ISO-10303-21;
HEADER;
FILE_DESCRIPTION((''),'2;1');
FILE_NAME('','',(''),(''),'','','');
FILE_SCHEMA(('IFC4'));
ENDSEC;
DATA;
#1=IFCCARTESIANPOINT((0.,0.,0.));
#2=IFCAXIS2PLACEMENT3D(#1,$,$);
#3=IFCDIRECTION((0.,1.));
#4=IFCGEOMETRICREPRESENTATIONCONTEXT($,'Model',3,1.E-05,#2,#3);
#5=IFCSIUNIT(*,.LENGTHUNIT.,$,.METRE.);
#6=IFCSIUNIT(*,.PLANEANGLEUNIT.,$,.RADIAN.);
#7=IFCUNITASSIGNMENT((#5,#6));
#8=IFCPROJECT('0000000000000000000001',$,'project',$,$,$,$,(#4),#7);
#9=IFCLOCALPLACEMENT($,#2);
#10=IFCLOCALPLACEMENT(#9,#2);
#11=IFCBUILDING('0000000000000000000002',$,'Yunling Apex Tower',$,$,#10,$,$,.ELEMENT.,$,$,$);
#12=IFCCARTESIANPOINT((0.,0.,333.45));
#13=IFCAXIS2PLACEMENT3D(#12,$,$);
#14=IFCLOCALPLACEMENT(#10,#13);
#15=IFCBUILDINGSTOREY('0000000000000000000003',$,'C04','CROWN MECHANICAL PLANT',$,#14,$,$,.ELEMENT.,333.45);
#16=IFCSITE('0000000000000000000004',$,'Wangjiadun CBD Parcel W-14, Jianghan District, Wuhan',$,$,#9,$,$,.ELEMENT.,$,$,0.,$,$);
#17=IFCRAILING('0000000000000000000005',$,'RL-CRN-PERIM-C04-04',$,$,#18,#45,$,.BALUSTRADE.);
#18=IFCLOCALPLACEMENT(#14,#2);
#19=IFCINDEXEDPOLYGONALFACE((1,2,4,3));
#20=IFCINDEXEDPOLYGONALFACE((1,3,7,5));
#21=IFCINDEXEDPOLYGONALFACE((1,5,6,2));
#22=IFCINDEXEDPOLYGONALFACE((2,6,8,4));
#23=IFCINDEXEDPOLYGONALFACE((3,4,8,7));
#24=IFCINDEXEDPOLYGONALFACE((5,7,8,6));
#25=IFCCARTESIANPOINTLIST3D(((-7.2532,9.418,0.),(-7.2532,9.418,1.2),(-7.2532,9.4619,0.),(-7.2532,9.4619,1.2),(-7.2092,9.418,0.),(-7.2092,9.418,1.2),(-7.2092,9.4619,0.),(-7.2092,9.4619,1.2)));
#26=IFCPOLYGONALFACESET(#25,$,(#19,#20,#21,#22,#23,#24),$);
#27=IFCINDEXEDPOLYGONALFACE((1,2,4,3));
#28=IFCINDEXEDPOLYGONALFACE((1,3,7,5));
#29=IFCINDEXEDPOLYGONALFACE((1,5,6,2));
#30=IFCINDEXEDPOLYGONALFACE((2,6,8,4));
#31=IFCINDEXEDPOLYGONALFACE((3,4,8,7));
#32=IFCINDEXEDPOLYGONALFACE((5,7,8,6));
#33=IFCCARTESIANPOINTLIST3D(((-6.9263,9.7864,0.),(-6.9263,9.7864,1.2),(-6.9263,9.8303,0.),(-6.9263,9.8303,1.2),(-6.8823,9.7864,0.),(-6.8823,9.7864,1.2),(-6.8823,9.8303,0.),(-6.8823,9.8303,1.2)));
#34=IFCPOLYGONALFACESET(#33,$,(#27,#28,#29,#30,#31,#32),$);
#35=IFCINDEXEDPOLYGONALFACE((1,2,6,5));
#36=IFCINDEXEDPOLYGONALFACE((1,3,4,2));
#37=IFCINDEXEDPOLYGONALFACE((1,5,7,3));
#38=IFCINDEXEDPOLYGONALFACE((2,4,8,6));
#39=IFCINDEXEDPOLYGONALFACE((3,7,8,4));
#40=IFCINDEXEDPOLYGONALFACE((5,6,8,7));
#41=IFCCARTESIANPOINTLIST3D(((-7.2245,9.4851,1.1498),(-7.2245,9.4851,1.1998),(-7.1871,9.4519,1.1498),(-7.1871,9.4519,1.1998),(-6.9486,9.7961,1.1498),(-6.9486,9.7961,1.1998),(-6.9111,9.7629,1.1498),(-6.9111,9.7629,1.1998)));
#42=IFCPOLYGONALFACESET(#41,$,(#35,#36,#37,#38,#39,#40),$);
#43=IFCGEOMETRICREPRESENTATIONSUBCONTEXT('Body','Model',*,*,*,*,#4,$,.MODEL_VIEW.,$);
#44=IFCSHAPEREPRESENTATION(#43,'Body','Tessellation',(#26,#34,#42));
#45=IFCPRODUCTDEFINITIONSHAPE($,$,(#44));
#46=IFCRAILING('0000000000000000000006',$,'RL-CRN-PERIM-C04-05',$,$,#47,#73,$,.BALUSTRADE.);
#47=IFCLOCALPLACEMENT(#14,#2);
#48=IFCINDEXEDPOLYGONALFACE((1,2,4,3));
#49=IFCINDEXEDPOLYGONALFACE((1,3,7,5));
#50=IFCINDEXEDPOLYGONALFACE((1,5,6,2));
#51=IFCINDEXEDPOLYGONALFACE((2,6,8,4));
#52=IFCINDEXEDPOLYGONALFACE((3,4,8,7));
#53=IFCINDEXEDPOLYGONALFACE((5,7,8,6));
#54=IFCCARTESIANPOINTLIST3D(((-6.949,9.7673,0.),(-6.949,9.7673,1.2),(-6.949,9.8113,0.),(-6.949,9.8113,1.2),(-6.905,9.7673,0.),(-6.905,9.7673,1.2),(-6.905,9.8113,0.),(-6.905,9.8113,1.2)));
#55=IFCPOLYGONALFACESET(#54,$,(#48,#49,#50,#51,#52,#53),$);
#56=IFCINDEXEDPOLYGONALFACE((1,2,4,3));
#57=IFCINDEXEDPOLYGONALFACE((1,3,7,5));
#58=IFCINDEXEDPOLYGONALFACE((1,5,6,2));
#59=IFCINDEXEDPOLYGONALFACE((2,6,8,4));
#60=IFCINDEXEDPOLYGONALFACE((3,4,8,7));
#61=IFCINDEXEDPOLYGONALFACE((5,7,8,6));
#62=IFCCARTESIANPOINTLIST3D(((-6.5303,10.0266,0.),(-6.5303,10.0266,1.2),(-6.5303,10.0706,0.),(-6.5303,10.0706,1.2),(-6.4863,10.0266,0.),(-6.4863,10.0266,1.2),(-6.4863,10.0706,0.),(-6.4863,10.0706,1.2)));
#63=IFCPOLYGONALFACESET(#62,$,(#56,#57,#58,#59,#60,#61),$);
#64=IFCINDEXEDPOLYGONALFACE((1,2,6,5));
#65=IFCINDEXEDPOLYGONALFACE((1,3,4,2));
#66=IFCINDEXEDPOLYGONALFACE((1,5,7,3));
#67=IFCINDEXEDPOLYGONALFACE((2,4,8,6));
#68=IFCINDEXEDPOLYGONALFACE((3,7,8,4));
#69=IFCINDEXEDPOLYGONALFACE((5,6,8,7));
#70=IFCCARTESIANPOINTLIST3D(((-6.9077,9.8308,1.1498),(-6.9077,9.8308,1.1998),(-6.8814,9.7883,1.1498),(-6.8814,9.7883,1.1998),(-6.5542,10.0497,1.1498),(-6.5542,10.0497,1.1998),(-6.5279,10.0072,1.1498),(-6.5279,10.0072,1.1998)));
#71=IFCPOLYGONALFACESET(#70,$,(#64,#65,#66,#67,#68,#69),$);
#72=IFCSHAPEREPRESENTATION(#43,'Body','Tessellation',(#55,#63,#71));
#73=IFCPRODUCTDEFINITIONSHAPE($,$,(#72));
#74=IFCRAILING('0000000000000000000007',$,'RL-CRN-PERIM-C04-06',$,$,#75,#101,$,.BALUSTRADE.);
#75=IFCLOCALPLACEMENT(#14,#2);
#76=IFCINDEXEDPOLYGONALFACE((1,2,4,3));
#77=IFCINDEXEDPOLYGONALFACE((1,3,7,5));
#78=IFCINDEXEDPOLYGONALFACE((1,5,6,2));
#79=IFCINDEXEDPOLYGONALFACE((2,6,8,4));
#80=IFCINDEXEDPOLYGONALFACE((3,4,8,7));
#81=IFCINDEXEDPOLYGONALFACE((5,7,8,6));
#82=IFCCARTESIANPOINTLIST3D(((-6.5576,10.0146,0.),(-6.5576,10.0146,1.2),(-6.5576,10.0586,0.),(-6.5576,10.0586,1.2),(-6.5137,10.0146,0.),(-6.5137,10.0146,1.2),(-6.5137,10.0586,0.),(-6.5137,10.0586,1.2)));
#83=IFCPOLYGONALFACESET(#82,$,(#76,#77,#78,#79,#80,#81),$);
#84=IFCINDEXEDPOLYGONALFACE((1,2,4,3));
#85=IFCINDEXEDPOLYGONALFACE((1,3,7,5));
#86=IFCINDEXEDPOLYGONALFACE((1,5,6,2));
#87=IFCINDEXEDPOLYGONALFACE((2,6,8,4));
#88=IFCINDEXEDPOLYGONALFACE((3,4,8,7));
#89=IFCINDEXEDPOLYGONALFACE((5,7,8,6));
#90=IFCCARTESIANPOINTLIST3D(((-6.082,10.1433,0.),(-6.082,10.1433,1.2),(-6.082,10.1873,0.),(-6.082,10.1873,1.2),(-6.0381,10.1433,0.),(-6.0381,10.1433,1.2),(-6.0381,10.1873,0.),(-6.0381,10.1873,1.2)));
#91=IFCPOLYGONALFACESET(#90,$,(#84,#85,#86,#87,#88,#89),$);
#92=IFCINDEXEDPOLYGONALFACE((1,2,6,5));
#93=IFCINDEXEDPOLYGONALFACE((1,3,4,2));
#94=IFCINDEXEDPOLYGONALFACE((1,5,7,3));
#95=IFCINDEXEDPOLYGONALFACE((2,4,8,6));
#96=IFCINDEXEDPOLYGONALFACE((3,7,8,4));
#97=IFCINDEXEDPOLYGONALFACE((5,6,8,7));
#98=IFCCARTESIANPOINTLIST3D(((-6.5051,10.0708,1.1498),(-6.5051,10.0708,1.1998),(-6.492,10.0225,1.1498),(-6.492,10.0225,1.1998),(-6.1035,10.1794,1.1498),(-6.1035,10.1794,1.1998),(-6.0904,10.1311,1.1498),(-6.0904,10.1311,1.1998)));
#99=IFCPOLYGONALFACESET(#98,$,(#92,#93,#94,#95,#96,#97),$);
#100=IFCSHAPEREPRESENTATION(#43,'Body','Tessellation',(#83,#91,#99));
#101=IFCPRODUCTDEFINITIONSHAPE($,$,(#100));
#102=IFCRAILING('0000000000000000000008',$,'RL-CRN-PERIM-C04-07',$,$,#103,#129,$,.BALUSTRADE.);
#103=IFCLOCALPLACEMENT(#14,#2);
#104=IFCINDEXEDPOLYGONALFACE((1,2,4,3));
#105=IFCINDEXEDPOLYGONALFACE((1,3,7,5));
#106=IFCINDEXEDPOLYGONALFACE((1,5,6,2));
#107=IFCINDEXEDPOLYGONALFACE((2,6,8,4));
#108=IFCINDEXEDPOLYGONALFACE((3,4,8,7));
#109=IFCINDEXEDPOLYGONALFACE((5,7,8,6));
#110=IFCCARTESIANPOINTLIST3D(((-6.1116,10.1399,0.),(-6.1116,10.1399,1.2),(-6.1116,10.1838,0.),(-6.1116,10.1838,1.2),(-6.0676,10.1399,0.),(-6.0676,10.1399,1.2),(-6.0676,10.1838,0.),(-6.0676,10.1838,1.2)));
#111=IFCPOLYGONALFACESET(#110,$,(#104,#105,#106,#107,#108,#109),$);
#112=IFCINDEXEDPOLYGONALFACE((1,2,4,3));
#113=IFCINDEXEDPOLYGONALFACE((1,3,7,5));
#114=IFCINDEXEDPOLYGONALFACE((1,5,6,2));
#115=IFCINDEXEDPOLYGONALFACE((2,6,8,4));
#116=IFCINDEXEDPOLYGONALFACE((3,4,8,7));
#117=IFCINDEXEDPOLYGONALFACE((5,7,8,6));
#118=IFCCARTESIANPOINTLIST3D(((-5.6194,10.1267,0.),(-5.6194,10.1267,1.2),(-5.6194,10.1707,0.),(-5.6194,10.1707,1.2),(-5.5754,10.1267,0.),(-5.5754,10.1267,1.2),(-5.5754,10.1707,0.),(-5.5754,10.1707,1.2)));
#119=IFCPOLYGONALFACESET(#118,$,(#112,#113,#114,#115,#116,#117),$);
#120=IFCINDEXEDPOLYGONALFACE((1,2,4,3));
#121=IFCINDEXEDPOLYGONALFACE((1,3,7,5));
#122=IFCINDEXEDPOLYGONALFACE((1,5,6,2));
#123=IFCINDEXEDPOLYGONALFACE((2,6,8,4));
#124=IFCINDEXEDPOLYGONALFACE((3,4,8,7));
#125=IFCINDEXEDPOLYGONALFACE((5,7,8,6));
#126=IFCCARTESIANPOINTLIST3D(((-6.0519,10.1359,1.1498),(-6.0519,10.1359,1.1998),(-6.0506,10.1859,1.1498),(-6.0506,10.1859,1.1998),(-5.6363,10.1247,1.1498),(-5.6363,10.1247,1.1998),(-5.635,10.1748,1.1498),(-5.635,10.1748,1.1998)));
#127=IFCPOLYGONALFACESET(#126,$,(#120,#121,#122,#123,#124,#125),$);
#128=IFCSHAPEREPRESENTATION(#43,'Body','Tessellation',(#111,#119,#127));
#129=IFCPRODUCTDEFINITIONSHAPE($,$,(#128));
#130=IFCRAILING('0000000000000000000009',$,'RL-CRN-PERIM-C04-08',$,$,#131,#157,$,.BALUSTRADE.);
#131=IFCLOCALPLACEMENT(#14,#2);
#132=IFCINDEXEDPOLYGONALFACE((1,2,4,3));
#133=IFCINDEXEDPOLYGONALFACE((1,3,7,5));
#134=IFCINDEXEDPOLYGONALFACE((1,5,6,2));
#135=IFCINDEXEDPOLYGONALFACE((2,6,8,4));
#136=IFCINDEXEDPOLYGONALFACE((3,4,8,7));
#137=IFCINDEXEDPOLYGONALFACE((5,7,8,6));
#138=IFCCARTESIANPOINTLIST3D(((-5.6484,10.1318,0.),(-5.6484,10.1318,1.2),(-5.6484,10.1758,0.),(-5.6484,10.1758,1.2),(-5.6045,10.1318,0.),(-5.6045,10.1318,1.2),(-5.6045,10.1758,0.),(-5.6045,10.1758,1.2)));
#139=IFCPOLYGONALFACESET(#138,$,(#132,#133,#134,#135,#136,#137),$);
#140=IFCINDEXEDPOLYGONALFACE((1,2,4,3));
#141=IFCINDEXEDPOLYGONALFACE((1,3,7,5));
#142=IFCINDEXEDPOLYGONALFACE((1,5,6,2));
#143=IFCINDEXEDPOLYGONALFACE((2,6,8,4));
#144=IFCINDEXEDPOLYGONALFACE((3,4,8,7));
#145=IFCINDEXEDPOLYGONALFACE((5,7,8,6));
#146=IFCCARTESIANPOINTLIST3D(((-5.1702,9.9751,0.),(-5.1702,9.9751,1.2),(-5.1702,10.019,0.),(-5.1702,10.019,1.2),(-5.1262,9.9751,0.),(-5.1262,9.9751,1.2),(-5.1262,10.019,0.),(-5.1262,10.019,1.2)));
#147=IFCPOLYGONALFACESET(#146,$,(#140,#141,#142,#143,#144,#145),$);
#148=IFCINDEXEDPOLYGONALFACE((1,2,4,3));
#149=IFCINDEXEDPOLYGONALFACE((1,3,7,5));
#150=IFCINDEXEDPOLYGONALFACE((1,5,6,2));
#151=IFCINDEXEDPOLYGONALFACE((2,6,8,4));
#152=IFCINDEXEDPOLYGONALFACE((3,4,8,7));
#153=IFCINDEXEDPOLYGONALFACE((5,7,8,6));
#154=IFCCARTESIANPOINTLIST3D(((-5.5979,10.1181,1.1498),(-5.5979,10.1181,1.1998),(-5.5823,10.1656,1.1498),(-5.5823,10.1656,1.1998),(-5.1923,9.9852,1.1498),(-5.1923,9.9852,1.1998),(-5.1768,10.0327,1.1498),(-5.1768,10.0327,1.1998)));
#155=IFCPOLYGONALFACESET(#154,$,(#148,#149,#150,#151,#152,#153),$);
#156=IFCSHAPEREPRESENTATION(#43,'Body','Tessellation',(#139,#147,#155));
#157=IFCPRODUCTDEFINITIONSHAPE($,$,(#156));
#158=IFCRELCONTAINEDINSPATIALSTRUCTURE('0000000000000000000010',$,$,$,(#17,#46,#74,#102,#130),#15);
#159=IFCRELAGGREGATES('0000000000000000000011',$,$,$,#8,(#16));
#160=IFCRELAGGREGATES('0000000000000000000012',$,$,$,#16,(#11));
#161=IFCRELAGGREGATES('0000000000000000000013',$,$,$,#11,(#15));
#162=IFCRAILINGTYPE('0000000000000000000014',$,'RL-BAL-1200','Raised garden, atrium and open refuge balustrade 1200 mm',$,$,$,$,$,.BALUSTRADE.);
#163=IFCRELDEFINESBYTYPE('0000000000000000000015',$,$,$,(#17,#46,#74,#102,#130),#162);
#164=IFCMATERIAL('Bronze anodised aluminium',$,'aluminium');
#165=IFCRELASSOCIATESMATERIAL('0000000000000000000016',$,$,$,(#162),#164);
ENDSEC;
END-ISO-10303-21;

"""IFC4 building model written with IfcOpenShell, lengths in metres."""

from ifc_helpers import new_model, si_unit, direction, frame, origin, origin_2d, place, context, subcontext, project, spatial, rectangle, extrude, material, type_object, element, save


model = new_model("IFC4")

# Units and contexts
model_context = context("Model", 3, precision=1e-05, world=origin(), true_north=direction((0.0, 1.0)))
body_context = subcontext(model_context, "Body", "Model", "MODEL_VIEW")
ifc_project = project(units=[si_unit("LENGTHUNIT", "METRE"), si_unit("PLANEANGLEUNIT", "RADIAN")], contexts=[model_context])

# Site, building, storey
site_placement = place(None, origin())
site = spatial("IfcSite", under=ifc_project, at=site_placement, Name="Wangjiadun CBD Parcel W-14, Jianghan District, Wuhan", CompositionType="ELEMENT", RefElevation=0.0)
building_placement = place(site_placement, origin())
building = spatial("IfcBuilding", under=site, at=building_placement, Name="Yunling Apex Tower", CompositionType="ELEMENT")
storey_placement = place(building_placement, frame((0.0, 0.0, 333.45)))
storey = spatial("IfcBuildingStorey", under=building, at=storey_placement, Name="C04", Description="CROWN MECHANICAL PLANT", CompositionType="ELEMENT", Elevation=333.45)

# Shared definitions
ifc_material_1 = material(Name="Bronze anodised aluminium", Category="aluminium")

# Railings
railing_type_1 = type_object("IfcRailingType", Name="RL-BAL-1200", Description="Raised garden, atrium and open refuge balustrade 1200 mm", PredefinedType="BALUSTRADE", material=ifc_material_1)
railing_1_placement = place(storey_placement, frame((-7.2312, 9.4399, 0.0)))
element("IfcRailing", 1, at=railing_1_placement, inside=storey, type_object=railing_type_1, Name="RL-CRN-PERIM-C04-04", PredefinedType="BALUSTRADE", context=body_context, shape_type="SweptSolid", body=[
    extrude(rectangle(XDim=0.0439, YDim=0.0439, at=origin_2d()), origin(), (0.0, 0.0, 1.0), 1.2),
    extrude(rectangle(XDim=0.0439, YDim=0.0439, at=origin_2d()), frame((0.3269, 0.3684, 0.0)), (0.0, 0.0, 1.0), 1.2),
    extrude(rectangle(XDim=0.05, YDim=0.05, at=origin_2d()), frame((0.0254, 0.0286, 1.1748), z_axis=(0.663717, 0.747983, 0.0), x_axis=(-0.747983, 0.663717, 0.0)), (0.0, 0.0, 1.0), 0.4158),
])
railing_2_placement = place(storey_placement, frame((-6.927, 9.7893, 0.0)))
element("IfcRailing", 2, at=railing_2_placement, inside=storey, type_object=railing_type_1, Name="RL-CRN-PERIM-C04-05", PredefinedType="BALUSTRADE", context=body_context, shape_type="SweptSolid", body=[
    extrude(rectangle(XDim=0.0439, YDim=0.0439, at=origin_2d()), origin(), (0.0, 0.0, 1.0), 1.2),
    extrude(rectangle(XDim=0.0439, YDim=0.0439, at=origin_2d()), frame((0.4187, 0.2593, 0.0)), (0.0, 0.0, 1.0), 1.2),
    extrude(rectangle(XDim=0.05, YDim=0.05, at=origin_2d()), frame((0.0325, 0.0203, 1.1748), z_axis=(0.850191, 0.526474, 0.0), x_axis=(-0.526474, 0.850191, 0.0)), (0.0, 0.0, 1.0), 0.4158),
])
railing_3_placement = place(storey_placement, frame((-6.5356, 10.0366, 0.0)))
element("IfcRailing", 3, at=railing_3_placement, inside=storey, type_object=railing_type_1, Name="RL-CRN-PERIM-C04-06", PredefinedType="BALUSTRADE", context=body_context, shape_type="SweptSolid", body=[
    extrude(rectangle(XDim=0.0439, YDim=0.0439, at=origin_2d()), origin(), (0.0, 0.0, 1.0), 1.2),
    extrude(rectangle(XDim=0.0439, YDim=0.0439, at=origin_2d()), frame((0.4756, 0.1287, 0.0)), (0.0, 0.0, 1.0), 1.2),
    extrude(rectangle(XDim=0.05, YDim=0.05, at=origin_2d()), frame((0.0371, 0.01, 1.1748), z_axis=(0.965299, 0.261146, 0.0), x_axis=(-0.261146, 0.965299, 0.0)), (0.0, 0.0, 1.0), 0.416),
])
railing_4_placement = place(storey_placement, frame((-6.0896, 10.1619, 0.0)))
element("IfcRailing", 4, at=railing_4_placement, inside=storey, type_object=railing_type_1, Name="RL-CRN-PERIM-C04-07", PredefinedType="BALUSTRADE", context=body_context, shape_type="SweptSolid", body=[
    extrude(rectangle(XDim=0.0439, YDim=0.0439, at=origin_2d()), origin(), (0.0, 0.0, 1.0), 1.2),
    extrude(rectangle(XDim=0.0439, YDim=0.0439, at=origin_2d()), frame((0.4922, -0.0132, 0.0)), (0.0, 0.0, 1.0), 1.2),
    extrude(rectangle(XDim=0.05, YDim=0.05, at=origin_2d()), frame((0.0383, -0.001, 1.1748), z_axis=(0.999641, -0.026776, 0.0), x_axis=(0.026776, 0.999641, 0.0)), (0.0, 0.0, 1.0), 0.4158),
])
railing_5_placement = place(storey_placement, frame((-5.6265, 10.1538, 0.0)))
element("IfcRailing", 5, at=railing_5_placement, inside=storey, type_object=railing_type_1, Name="RL-CRN-PERIM-C04-08", PredefinedType="BALUSTRADE", context=body_context, shape_type="SweptSolid", body=[
    extrude(rectangle(XDim=0.0439, YDim=0.0439, at=origin_2d()), origin(), (0.0, 0.0, 1.0), 1.2),
    extrude(rectangle(XDim=0.0439, YDim=0.0439, at=origin_2d()), frame((0.4783, -0.1567, 0.0)), (0.0, 0.0, 1.0), 1.2),
    extrude(rectangle(XDim=0.05, YDim=0.05, at=origin_2d()), frame((0.0364, -0.012, 1.1748), z_axis=(0.950272, -0.311421, 0.0), x_axis=(0.311421, 0.950272, 0.0)), (0.0, 0.0, 1.0), 0.4268),
])

save(model, "model.ifc")
